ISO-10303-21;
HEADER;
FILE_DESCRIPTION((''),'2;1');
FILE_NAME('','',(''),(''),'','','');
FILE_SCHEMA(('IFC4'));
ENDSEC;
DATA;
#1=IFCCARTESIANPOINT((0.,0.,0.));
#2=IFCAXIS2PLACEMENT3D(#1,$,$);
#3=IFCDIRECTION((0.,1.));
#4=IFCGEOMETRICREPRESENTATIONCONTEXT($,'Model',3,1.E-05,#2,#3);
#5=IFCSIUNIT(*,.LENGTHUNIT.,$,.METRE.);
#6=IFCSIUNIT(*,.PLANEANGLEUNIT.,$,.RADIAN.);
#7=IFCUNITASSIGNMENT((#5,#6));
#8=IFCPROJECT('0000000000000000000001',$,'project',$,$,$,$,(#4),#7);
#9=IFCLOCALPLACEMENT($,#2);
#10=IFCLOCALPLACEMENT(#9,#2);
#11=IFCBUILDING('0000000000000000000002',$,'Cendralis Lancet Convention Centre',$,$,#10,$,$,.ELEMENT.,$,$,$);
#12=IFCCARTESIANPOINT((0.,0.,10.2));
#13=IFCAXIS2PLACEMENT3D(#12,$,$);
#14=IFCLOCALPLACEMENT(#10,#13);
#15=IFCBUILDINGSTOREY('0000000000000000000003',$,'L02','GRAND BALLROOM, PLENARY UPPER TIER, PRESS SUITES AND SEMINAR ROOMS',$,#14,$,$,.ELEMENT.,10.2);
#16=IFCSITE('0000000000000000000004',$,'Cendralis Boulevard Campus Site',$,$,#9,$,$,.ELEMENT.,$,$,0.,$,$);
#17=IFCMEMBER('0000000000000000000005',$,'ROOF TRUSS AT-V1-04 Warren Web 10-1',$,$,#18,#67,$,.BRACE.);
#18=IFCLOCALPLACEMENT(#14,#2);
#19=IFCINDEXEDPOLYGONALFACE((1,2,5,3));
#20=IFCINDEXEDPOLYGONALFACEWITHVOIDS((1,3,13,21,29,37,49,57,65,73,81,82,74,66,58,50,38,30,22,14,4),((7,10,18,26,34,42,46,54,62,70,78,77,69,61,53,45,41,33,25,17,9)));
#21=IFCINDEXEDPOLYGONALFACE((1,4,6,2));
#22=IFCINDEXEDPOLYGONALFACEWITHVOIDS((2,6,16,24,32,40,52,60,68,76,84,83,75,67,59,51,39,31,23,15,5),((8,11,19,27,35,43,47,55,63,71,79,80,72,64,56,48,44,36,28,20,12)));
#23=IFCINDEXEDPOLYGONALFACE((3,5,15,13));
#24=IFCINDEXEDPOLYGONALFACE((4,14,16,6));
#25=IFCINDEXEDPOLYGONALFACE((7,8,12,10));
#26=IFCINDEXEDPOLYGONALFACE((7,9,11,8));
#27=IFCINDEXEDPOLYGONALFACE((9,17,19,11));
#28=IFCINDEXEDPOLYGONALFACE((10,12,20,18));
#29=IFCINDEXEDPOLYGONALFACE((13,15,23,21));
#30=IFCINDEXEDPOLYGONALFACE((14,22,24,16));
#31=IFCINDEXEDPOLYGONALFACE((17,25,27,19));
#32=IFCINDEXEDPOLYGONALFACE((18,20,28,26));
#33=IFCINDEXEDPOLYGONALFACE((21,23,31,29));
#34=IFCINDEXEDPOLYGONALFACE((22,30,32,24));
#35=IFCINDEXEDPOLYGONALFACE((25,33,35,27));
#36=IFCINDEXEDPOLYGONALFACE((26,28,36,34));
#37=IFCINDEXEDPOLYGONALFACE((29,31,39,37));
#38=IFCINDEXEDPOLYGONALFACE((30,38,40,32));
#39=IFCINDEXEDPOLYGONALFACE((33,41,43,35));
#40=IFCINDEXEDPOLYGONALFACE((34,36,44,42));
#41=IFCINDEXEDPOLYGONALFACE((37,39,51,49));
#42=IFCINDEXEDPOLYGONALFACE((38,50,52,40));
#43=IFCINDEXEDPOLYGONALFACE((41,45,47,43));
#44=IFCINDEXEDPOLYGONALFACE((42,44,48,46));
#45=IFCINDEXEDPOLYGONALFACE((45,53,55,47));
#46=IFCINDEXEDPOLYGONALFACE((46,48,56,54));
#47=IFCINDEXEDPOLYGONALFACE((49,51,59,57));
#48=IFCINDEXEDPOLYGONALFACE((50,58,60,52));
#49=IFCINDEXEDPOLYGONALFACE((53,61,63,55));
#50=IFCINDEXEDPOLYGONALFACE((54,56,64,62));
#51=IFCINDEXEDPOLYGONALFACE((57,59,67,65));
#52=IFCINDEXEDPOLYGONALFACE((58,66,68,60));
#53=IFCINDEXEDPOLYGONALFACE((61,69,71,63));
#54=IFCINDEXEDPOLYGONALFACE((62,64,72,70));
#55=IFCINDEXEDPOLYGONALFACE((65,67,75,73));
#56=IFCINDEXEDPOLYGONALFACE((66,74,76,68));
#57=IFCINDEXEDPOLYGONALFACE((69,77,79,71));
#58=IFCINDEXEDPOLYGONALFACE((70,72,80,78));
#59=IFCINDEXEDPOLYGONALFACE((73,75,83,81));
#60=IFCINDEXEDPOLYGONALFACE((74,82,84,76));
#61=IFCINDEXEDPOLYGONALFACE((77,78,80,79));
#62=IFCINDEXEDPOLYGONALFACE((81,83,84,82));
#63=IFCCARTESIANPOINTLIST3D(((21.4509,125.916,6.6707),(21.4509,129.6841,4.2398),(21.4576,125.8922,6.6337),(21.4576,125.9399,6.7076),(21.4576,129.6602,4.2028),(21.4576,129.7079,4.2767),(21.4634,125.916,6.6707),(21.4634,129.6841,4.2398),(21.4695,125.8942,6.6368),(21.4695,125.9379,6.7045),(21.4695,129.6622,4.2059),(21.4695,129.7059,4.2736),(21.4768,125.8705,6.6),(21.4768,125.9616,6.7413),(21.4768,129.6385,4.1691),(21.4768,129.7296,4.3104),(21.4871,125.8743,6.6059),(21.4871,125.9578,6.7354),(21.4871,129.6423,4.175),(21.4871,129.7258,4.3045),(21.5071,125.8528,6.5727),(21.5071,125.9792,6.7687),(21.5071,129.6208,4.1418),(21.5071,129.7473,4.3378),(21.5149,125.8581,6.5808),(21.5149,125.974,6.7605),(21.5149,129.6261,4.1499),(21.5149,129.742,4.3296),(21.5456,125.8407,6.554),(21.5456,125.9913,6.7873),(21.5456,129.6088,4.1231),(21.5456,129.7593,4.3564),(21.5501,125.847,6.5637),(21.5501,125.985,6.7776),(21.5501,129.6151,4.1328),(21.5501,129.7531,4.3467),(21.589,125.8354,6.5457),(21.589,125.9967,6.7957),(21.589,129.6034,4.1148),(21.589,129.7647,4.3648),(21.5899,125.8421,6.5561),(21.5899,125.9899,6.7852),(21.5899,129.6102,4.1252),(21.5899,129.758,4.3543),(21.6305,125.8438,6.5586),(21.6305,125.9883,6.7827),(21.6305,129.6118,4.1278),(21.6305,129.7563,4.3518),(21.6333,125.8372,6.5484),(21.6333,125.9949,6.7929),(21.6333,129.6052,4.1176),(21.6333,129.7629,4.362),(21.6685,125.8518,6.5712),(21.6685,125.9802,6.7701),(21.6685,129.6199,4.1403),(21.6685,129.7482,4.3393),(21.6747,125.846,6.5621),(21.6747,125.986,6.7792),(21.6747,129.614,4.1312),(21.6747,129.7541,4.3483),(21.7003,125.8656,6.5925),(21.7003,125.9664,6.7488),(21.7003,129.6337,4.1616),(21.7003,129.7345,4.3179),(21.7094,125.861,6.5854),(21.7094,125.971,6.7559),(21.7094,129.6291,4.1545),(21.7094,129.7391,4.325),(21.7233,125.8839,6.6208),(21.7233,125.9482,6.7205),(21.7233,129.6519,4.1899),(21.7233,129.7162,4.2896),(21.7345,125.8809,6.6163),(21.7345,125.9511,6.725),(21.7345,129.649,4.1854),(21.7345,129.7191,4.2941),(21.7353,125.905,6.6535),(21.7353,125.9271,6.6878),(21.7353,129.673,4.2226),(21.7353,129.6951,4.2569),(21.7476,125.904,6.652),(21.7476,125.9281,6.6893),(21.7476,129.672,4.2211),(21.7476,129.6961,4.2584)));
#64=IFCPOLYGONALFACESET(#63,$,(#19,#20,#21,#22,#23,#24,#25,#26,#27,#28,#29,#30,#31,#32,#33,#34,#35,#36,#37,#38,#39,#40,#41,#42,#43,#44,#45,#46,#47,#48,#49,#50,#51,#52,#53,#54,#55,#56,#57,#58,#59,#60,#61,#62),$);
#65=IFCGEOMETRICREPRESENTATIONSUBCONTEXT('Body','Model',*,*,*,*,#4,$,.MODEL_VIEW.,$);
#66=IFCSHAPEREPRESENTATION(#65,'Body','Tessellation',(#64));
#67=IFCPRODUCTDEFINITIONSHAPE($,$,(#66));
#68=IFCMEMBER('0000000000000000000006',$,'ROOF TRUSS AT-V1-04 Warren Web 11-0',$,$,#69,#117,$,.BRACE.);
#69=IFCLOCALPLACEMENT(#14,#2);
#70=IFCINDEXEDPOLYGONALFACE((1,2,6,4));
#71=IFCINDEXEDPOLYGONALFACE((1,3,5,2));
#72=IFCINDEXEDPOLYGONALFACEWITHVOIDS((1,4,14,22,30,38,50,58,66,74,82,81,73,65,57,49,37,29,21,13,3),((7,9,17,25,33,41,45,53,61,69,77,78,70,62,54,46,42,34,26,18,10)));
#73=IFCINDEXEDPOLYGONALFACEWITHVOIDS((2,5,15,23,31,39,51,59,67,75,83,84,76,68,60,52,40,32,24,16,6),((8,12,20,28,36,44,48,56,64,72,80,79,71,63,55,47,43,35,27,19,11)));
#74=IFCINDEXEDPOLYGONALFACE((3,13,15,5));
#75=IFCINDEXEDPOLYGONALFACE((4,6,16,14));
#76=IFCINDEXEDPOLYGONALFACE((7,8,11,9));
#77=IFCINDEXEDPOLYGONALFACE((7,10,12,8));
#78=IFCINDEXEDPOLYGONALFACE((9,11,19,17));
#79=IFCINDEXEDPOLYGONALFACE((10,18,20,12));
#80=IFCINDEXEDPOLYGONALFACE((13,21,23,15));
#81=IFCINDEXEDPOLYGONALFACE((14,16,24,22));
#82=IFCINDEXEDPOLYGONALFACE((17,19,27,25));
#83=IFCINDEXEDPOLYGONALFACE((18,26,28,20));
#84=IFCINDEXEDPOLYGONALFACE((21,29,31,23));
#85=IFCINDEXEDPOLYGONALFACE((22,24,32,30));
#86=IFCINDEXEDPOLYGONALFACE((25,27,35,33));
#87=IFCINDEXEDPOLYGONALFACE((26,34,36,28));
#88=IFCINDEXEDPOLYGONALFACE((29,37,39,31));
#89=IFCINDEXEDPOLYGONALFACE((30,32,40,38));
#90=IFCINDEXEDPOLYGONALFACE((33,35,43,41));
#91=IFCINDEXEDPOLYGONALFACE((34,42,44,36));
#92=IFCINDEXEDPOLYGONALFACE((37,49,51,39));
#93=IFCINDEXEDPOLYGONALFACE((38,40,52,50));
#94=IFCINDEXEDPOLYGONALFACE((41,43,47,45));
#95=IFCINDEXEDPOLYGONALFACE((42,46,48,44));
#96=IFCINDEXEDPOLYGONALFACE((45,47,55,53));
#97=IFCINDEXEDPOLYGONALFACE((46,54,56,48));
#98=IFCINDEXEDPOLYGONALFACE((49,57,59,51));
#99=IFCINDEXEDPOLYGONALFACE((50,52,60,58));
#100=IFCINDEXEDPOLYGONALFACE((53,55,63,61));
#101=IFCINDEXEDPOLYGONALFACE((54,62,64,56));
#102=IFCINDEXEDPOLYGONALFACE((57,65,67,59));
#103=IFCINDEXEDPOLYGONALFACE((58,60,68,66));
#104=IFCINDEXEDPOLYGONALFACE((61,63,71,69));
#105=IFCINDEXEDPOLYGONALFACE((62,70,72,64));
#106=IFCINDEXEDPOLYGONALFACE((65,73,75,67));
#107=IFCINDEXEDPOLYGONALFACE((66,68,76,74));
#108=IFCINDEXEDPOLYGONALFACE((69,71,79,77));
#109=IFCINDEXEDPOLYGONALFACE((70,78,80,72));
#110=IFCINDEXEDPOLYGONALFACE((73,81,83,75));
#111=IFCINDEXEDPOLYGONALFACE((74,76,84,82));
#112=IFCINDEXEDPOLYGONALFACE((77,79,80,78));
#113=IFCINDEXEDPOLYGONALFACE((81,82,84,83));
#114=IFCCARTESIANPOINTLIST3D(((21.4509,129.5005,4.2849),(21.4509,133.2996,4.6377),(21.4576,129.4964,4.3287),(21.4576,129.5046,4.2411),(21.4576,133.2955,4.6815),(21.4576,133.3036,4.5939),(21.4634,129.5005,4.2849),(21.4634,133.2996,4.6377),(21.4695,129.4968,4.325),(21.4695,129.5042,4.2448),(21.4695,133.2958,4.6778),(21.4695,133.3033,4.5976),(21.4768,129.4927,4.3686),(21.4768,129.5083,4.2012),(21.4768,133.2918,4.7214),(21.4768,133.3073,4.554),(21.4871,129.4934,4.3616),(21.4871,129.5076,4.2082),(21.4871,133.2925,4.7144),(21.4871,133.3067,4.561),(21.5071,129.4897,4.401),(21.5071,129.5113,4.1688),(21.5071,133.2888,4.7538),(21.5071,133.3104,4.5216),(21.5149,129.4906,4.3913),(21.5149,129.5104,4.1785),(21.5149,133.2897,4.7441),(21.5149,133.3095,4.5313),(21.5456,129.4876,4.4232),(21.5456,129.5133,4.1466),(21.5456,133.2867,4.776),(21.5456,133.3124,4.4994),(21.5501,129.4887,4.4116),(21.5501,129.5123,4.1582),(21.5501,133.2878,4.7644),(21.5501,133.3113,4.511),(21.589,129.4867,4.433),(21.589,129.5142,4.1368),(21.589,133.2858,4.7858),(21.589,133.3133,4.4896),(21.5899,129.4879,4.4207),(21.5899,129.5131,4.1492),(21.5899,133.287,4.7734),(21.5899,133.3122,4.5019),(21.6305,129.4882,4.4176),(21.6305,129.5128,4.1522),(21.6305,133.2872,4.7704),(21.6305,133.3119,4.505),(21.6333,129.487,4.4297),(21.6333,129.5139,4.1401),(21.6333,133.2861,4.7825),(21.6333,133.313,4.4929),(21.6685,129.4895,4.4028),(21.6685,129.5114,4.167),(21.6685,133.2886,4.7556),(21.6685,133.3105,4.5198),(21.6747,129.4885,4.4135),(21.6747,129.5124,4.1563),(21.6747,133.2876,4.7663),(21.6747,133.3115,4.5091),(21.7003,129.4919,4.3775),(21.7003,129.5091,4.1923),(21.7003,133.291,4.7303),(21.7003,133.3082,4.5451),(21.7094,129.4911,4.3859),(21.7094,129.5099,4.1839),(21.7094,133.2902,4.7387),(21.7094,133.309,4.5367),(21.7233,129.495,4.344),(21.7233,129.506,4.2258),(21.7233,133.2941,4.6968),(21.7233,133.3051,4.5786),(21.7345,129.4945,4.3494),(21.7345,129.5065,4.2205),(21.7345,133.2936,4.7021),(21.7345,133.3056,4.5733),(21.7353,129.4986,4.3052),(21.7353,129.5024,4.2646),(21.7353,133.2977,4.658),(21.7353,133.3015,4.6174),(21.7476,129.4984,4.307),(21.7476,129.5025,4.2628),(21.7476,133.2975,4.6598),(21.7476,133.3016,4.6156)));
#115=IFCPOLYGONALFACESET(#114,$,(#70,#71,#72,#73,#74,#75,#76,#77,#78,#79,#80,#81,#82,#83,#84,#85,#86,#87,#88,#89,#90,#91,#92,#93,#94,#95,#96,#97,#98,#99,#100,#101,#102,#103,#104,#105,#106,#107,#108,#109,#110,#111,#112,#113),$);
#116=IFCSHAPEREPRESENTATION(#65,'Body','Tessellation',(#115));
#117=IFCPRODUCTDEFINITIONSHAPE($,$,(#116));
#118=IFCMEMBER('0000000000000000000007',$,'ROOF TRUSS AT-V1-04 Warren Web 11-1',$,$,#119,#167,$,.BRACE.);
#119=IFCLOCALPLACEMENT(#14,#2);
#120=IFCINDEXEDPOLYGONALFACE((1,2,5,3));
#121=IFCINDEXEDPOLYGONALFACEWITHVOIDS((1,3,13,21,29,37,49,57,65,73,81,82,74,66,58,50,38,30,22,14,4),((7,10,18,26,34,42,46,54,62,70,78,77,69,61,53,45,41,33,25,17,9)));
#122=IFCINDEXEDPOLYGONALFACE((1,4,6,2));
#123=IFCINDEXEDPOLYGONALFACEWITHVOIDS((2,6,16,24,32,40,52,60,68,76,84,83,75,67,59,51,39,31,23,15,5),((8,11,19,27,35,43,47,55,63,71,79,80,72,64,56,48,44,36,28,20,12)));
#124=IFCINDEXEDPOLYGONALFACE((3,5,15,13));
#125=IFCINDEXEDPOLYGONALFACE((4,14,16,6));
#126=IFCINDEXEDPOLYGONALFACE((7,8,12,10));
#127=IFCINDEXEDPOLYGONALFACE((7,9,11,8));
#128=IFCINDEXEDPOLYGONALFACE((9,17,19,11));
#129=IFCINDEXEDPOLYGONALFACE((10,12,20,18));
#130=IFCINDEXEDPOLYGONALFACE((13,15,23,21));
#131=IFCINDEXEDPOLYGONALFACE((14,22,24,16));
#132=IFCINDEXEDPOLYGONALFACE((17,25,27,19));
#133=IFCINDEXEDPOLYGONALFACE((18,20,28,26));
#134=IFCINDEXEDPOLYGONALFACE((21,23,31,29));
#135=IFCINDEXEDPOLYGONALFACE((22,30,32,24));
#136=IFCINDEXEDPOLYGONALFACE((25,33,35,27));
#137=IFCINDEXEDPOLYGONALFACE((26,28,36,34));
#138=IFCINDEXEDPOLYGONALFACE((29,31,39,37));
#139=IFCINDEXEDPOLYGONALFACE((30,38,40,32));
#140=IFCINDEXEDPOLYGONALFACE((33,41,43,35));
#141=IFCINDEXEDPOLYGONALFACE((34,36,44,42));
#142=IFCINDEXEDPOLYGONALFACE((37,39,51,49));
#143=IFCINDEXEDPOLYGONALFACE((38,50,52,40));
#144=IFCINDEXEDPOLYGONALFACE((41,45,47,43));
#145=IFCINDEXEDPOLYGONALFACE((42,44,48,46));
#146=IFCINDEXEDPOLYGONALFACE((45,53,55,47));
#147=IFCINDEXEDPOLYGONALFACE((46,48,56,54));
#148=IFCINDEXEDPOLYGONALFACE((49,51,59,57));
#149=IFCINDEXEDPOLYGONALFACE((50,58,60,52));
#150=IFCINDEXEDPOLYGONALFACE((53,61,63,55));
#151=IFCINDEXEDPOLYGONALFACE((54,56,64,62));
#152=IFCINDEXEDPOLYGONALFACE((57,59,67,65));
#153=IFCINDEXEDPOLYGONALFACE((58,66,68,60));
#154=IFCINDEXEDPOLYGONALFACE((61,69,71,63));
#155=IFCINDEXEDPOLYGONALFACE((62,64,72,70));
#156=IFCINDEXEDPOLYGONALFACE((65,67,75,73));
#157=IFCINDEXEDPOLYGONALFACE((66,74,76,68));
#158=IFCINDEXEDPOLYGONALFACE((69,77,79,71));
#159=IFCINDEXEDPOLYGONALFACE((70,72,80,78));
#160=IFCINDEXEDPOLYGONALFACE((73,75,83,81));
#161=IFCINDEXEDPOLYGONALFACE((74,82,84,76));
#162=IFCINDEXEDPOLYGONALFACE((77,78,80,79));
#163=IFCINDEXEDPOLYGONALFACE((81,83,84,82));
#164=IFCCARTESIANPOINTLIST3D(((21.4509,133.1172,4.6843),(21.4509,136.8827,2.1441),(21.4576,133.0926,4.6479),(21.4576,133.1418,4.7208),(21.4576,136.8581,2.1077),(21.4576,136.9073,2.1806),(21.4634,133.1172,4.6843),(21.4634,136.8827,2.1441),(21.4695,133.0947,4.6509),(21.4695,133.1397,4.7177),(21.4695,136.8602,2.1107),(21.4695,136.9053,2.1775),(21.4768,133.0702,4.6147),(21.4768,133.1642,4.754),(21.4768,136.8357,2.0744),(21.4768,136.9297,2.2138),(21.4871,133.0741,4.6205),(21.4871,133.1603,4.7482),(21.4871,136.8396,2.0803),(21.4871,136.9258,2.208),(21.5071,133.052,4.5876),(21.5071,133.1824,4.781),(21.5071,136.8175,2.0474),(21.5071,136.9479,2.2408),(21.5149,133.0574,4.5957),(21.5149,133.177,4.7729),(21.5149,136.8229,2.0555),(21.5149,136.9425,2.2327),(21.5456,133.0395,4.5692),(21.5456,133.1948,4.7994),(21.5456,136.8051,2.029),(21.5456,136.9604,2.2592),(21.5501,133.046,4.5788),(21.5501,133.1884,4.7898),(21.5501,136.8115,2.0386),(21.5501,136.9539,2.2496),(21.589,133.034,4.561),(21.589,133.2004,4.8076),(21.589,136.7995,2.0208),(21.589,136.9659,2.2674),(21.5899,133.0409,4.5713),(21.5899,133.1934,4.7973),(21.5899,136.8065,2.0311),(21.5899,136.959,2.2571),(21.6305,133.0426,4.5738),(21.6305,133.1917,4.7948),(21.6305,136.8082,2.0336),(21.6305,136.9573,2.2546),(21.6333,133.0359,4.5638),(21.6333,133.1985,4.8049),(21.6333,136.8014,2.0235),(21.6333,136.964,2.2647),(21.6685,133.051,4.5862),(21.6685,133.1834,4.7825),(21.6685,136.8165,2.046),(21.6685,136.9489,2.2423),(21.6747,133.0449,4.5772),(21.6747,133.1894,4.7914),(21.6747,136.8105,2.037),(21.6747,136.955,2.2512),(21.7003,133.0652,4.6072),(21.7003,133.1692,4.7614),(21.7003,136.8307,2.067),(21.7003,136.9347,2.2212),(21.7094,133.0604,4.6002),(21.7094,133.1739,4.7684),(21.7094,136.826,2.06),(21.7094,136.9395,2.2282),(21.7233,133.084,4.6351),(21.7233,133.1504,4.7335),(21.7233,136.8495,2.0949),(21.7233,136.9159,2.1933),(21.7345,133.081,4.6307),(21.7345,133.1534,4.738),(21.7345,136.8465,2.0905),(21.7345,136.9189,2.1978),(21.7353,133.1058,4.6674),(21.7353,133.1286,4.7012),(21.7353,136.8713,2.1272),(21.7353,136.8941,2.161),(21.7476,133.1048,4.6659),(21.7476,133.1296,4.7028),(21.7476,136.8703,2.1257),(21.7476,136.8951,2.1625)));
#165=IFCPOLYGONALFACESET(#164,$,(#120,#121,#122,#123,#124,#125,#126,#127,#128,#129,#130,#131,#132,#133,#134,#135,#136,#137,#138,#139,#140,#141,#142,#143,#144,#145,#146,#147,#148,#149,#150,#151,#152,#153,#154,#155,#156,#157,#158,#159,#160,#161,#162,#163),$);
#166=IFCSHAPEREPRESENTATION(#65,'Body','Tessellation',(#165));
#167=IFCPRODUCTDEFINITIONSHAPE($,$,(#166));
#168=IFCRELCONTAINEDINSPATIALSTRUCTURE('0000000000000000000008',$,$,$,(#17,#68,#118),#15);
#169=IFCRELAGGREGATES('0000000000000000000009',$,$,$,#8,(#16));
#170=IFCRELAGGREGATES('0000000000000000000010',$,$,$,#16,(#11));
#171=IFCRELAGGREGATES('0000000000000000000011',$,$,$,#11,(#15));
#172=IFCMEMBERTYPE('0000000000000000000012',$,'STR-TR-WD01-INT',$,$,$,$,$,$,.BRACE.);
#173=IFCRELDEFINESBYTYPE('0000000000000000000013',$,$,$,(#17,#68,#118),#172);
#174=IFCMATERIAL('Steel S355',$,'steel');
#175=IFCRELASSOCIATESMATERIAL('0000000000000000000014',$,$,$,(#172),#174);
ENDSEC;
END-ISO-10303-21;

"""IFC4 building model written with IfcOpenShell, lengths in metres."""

from ifc_helpers import new_model, si_unit, direction, frame, origin, origin_2d, place, context, subcontext, project, spatial, hollow_circle, extrude, material, material_profile, profile_set, type_object, element, save


model = new_model("IFC4")

# Units and contexts
model_context = context("Model", 3, precision=1e-05, world=origin(), true_north=direction((0.0, 1.0)))
body_context = subcontext(model_context, "Body", "Model", "MODEL_VIEW")
ifc_project = project(units=[si_unit("LENGTHUNIT", "METRE"), si_unit("PLANEANGLEUNIT", "RADIAN")], contexts=[model_context])

# Site, building, storey
site_placement = place(None, origin())
site = spatial("IfcSite", under=ifc_project, at=site_placement, Name="Cendralis Boulevard Campus Site", CompositionType="ELEMENT", RefElevation=0.0)
building_placement = place(site_placement, origin())
building = spatial("IfcBuilding", under=site, at=building_placement, Name="Cendralis Lancet Convention Centre", CompositionType="ELEMENT")
storey_placement = place(building_placement, frame((0.0, 0.0, 10.2)))
storey = spatial("IfcBuildingStorey", under=building, at=storey_placement, Name="L02", Description="GRAND BALLROOM, PLENARY UPPER TIER, PRESS SUITES AND SEMINAR ROOMS", CompositionType="ELEMENT", Elevation=10.2)

# Members
ifc_material_1 = material(Name="Steel S355", Category="steel")
ifc_material_profile_1 = material_profile(ifc_material_1, hollow_circle(Radius=0.1492, WallThickness=0.0125, at=origin_2d()), Name="CHS 298.5x12.5")
ifc_profile_set_1 = profile_set([ifc_material_profile_1], Name="Steel S355")
member_type_1 = type_object("IfcMemberType", Name="STR-TR-WD01-INT", PredefinedType="BRACE", material=ifc_profile_set_1)
member_1_placement = place(storey_placement, frame((21.6001, 125.916, 6.6707), z_axis=(0.0, 0.840307, -0.542111), x_axis=(-1.0, 0.0, 0.0)))
element("IfcMember", 1, at=member_1_placement, inside=storey, type_object=member_type_1, Name="ROOF TRUSS AT-V1-04 Warren Web 10-1", PredefinedType="BRACE", context=body_context, shape_type="SweptSolid", body=[
    extrude(hollow_circle(Radius=0.1492, WallThickness=0.0125, at=origin_2d()), origin(), (0.0, 0.0, 1.0), 4.4841),
])
member_2_placement = place(storey_placement, frame((21.6001, 129.5005, 4.2849), z_axis=(0.0, 0.995716, 0.092463), x_axis=(-1.0, 0.0, 0.0)))
element("IfcMember", 2, at=member_2_placement, inside=storey, type_object=member_type_1, Name="ROOF TRUSS AT-V1-04 Warren Web 11-0", PredefinedType="BRACE", context=body_context, shape_type="SweptSolid", body=[
    extrude(hollow_circle(Radius=0.1492, WallThickness=0.0125, at=origin_2d()), origin(), (0.0, 0.0, 1.0), 3.8154),
])
member_3_placement = place(storey_placement, frame((21.6001, 133.1172, 4.6843), z_axis=(0.0, 0.829003, -0.559244), x_axis=(-1.0, 0.0, 0.0)))
element("IfcMember", 3, at=member_3_placement, inside=storey, type_object=member_type_1, Name="ROOF TRUSS AT-V1-04 Warren Web 11-1", PredefinedType="BRACE", context=body_context, shape_type="SweptSolid", body=[
    extrude(hollow_circle(Radius=0.1492, WallThickness=0.0125, at=origin_2d()), origin(), (0.0, 0.0, 1.0), 4.5422),
])

save(model, "model.ifc")
